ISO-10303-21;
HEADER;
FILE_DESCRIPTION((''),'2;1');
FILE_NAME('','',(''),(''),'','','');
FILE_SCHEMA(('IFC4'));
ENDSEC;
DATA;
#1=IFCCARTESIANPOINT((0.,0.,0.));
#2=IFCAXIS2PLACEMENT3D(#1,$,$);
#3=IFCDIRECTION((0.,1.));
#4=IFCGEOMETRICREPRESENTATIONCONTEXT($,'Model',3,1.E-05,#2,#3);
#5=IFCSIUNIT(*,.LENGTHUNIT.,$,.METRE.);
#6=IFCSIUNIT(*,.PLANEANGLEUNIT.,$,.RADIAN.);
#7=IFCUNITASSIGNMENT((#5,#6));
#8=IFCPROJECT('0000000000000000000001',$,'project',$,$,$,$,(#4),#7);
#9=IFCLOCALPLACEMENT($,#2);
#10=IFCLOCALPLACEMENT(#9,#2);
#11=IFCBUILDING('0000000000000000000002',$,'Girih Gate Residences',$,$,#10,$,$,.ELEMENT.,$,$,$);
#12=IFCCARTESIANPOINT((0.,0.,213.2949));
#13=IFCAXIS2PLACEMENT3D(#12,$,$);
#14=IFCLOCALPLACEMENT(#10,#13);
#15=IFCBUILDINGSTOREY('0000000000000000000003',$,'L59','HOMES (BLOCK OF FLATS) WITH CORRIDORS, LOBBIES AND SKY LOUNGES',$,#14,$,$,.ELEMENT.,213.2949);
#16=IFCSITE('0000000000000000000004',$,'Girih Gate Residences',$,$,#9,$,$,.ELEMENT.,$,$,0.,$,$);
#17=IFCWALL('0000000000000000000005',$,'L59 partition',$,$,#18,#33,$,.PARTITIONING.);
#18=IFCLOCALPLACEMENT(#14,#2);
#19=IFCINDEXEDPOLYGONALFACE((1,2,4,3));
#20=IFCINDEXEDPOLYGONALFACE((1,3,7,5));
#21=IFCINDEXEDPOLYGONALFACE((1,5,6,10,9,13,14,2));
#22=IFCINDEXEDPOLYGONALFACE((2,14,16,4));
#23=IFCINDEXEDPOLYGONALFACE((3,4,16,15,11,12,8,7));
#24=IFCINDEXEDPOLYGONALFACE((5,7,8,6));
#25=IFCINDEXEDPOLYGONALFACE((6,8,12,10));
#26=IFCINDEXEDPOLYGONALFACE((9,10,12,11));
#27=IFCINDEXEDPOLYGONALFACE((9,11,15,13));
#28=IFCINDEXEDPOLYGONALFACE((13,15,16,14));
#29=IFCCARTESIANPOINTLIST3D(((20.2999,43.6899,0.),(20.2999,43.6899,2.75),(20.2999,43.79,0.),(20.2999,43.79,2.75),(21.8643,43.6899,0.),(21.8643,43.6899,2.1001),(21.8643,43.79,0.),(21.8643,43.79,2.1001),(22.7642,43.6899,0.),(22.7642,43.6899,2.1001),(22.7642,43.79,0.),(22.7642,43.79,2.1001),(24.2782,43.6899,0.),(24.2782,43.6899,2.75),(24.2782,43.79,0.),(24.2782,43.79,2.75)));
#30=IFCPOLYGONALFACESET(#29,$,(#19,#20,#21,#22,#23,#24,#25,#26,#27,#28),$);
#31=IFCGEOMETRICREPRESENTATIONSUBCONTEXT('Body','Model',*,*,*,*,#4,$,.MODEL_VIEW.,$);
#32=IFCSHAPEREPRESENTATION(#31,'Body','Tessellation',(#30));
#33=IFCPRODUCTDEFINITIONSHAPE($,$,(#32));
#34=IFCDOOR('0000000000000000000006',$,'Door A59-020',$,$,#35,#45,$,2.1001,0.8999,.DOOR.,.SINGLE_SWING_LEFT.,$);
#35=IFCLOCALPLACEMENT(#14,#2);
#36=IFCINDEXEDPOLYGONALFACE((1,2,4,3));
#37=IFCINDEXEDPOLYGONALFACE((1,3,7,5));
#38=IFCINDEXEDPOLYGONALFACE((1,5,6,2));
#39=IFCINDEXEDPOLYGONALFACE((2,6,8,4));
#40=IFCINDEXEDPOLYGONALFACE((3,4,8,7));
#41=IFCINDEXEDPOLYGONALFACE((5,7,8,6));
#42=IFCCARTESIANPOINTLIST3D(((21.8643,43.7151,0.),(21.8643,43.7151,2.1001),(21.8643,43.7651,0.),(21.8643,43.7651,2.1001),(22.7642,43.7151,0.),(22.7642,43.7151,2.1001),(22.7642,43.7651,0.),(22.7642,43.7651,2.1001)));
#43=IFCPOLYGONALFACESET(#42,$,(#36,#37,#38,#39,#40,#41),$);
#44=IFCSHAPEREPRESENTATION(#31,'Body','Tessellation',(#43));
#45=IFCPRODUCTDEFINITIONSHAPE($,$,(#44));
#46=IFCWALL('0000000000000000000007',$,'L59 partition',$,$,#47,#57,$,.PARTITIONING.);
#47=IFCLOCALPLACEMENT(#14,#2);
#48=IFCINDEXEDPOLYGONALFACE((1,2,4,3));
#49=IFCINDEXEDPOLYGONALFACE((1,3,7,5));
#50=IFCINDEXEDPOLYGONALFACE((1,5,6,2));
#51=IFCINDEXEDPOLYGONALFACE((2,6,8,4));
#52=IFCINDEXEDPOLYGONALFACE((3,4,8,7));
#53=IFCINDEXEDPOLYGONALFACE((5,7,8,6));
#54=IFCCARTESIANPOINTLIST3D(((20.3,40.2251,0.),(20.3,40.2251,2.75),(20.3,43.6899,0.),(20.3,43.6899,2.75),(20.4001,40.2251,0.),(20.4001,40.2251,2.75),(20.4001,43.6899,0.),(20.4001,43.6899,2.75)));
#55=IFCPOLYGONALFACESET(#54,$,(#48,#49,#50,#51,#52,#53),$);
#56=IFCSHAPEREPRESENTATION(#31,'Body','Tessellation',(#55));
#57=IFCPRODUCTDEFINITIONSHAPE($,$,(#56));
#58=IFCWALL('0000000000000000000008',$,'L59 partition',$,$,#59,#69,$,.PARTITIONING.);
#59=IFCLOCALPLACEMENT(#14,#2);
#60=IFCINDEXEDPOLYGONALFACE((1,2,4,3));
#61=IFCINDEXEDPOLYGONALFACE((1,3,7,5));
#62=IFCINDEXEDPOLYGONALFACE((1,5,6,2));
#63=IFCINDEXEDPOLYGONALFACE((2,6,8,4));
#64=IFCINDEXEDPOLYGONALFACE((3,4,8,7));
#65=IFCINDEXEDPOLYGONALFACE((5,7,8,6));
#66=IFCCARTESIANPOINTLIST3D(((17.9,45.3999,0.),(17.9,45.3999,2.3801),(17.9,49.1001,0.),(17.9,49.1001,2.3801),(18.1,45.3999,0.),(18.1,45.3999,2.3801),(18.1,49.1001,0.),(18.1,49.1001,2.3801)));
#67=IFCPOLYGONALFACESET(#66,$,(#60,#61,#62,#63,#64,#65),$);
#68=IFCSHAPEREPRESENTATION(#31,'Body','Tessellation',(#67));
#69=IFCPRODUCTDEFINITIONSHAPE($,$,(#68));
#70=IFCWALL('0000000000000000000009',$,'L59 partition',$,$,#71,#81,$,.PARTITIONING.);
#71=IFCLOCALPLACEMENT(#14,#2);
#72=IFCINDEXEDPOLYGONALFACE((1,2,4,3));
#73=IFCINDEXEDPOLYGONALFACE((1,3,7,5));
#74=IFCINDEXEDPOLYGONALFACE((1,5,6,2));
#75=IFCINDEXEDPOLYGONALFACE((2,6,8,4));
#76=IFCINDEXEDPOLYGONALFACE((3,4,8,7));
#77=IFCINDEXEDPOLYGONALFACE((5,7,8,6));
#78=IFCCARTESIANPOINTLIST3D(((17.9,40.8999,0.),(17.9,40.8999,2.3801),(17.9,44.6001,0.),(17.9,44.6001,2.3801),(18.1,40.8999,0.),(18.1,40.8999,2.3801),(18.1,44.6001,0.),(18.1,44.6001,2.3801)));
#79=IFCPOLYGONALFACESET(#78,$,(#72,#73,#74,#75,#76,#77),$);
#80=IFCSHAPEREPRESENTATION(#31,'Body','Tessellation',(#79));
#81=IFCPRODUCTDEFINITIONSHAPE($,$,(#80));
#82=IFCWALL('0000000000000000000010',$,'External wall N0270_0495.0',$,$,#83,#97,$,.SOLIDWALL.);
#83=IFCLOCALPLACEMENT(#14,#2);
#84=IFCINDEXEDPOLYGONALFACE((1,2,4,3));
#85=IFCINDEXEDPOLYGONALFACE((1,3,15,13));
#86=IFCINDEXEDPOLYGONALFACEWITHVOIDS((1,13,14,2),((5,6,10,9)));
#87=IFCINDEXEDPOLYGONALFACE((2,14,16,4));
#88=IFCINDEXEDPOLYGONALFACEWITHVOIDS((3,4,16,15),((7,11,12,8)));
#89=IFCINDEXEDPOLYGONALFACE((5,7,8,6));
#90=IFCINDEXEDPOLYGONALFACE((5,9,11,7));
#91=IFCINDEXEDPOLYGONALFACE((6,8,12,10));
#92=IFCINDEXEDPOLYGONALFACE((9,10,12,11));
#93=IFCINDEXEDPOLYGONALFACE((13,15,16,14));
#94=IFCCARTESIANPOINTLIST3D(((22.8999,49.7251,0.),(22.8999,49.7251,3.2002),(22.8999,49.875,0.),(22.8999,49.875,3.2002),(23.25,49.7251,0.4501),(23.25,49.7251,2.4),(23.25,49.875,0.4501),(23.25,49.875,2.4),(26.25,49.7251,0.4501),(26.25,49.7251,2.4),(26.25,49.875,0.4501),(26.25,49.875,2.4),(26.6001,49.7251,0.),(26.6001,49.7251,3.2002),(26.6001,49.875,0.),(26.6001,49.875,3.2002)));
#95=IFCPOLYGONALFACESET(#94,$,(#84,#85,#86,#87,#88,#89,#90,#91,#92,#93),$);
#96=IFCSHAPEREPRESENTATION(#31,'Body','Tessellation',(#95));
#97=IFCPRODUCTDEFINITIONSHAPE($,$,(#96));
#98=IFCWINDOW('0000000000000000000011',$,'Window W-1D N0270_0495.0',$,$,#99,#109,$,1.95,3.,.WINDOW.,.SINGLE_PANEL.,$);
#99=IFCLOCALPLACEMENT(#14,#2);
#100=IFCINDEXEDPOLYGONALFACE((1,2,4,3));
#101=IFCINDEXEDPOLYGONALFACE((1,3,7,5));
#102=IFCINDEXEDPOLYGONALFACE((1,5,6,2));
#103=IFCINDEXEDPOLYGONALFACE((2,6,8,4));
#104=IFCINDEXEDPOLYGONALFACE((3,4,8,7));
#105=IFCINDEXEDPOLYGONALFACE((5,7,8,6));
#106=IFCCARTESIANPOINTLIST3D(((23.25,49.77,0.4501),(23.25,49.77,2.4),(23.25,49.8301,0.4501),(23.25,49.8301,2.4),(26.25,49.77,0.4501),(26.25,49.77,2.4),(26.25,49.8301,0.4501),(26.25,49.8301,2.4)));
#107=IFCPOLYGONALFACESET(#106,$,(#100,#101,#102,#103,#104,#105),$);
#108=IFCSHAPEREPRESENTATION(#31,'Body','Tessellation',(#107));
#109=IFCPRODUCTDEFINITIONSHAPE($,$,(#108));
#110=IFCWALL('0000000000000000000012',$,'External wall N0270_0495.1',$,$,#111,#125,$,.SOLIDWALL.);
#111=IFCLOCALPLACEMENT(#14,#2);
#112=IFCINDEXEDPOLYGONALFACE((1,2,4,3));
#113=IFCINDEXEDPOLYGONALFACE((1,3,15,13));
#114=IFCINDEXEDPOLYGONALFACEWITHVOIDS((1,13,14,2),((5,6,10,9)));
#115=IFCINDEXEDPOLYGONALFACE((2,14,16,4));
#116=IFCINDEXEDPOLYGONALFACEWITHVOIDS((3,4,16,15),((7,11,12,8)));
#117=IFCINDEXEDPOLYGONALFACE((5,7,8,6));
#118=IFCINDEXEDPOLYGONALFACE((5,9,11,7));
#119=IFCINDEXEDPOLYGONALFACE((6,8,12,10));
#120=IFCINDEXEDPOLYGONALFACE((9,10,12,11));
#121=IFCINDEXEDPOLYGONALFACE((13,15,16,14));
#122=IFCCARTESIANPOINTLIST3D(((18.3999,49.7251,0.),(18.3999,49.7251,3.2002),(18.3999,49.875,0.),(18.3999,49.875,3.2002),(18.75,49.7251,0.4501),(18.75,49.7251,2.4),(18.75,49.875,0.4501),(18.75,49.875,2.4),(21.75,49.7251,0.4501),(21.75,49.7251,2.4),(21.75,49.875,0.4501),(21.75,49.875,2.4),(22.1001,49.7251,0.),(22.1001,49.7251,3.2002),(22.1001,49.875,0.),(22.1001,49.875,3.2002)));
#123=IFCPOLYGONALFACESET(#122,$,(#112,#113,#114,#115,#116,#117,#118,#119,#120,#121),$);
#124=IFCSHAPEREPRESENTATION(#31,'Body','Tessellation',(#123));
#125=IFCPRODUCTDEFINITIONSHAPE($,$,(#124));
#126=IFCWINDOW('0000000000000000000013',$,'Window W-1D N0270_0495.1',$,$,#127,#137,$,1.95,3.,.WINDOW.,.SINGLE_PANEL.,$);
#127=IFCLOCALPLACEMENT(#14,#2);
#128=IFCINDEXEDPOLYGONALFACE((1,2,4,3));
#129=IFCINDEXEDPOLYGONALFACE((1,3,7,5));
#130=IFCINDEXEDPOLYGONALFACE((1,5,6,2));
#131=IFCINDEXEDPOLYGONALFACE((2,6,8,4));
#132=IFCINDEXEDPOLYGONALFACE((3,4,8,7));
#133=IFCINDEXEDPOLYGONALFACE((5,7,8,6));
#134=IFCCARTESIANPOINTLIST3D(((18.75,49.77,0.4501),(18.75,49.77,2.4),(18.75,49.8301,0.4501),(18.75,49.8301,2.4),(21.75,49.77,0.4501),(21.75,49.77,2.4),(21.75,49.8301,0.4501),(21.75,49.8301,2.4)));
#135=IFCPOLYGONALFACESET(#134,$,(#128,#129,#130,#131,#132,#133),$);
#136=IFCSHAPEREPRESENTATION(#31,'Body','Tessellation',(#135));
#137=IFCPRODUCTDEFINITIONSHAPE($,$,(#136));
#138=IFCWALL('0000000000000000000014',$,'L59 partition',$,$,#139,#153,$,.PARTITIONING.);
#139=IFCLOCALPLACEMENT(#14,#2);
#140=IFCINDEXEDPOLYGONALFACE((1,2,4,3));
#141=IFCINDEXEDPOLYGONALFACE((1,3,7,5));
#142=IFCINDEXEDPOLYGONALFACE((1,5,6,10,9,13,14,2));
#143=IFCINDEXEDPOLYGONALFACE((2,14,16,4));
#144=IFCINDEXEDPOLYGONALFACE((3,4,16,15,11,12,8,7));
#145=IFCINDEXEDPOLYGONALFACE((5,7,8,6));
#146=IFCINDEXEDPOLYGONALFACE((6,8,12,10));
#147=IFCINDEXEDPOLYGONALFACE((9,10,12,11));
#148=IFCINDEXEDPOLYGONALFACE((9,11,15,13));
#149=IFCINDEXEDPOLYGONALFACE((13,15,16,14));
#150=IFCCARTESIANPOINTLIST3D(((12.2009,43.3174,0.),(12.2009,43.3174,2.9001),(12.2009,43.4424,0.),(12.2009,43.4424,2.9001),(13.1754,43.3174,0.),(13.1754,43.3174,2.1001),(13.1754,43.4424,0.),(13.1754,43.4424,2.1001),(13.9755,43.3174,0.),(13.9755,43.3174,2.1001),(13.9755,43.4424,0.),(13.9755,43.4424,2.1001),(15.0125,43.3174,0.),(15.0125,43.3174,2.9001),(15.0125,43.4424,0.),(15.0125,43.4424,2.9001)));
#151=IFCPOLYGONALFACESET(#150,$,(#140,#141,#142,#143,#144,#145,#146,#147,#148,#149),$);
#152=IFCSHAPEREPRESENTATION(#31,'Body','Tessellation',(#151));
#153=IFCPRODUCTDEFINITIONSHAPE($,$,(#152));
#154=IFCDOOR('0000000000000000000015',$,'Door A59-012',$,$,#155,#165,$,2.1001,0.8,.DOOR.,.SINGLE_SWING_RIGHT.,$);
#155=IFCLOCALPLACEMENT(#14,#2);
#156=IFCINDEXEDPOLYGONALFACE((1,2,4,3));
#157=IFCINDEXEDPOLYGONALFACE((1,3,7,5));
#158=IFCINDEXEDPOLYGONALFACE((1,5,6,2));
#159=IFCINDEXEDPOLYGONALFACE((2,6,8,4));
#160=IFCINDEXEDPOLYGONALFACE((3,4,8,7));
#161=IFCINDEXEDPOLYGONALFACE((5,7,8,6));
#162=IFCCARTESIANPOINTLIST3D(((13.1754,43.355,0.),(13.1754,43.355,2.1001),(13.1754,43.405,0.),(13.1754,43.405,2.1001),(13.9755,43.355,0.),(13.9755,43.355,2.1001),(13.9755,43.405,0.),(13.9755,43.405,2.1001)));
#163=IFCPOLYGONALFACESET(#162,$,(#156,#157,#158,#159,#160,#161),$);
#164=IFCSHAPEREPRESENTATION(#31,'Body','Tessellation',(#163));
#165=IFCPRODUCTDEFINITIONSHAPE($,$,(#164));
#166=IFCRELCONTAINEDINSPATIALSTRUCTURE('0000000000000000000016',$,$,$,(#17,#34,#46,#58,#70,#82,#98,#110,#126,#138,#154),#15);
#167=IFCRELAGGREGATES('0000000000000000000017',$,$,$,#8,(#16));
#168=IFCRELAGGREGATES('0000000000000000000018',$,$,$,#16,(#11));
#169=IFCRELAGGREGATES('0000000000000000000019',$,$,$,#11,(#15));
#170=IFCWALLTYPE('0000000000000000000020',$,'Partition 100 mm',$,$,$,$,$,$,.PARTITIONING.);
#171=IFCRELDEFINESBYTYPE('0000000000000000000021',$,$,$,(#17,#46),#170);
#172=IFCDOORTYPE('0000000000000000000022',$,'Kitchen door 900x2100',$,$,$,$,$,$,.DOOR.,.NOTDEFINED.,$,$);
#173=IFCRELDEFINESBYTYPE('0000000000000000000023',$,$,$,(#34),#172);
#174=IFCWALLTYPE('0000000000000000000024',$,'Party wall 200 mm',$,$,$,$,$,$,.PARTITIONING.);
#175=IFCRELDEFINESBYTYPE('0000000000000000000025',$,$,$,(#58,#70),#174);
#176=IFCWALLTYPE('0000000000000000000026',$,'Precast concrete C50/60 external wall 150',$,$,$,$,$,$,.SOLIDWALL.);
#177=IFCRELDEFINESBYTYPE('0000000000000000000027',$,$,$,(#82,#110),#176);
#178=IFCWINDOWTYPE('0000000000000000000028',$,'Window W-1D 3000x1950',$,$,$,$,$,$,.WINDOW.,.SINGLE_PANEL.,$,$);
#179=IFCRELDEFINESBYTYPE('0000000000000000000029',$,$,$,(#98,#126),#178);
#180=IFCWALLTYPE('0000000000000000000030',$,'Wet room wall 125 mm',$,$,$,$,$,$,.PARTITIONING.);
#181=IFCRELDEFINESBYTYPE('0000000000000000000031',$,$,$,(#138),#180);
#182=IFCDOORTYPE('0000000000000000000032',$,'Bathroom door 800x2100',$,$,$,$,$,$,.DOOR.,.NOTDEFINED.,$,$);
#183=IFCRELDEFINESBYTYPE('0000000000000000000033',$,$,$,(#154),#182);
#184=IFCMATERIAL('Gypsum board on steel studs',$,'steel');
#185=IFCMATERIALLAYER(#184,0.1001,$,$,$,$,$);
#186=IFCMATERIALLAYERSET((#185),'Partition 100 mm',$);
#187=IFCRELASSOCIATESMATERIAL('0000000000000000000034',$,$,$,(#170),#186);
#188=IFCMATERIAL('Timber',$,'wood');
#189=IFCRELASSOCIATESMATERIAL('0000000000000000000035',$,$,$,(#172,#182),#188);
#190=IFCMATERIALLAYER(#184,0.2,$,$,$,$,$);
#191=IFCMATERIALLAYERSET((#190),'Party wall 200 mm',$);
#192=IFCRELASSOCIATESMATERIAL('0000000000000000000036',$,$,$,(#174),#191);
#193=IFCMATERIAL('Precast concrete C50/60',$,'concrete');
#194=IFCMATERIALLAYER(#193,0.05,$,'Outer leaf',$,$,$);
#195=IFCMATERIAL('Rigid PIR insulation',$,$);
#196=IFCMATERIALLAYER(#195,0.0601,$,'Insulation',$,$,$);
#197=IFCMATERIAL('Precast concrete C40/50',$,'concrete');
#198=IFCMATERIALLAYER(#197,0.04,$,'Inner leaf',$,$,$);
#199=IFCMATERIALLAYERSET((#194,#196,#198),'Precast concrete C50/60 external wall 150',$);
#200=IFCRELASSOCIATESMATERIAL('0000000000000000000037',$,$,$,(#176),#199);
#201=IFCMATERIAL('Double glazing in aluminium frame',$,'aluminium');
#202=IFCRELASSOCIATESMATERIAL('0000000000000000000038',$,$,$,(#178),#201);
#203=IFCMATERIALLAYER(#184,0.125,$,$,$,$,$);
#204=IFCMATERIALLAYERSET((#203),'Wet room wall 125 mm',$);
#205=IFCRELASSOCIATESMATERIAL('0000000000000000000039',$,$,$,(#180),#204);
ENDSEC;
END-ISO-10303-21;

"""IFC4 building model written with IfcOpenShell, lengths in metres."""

from ifc_helpers import new_model, si_unit, direction, frame, frame_2d, origin, place, context, subcontext, project, spatial, rectangle, extrude, material, layer, layer_set, type_object, element, fill, save


model = new_model("IFC4")

# Units and contexts
model_context = context("Model", 3, precision=1e-05, world=origin(), true_north=direction((0.0, 1.0)))
body_context = subcontext(model_context, "Body", "Model", "MODEL_VIEW")
ifc_project = project(units=[si_unit("LENGTHUNIT", "METRE"), si_unit("PLANEANGLEUNIT", "RADIAN")], contexts=[model_context])

# Site, building, storey
site_placement = place(None, origin())
site = spatial("IfcSite", under=ifc_project, at=site_placement, Name="Girih Gate Residences", CompositionType="ELEMENT", RefElevation=0.0)
building_placement = place(site_placement, origin())
building = spatial("IfcBuilding", under=site, at=building_placement, Name="Girih Gate Residences", CompositionType="ELEMENT")
storey_placement = place(building_placement, frame((0.0, 0.0, 213.2949)))
storey = spatial("IfcBuildingStorey", under=building, at=storey_placement, Name="L59", Description="HOMES (BLOCK OF FLATS) WITH CORRIDORS, LOBBIES AND SKY LOUNGES", CompositionType="ELEMENT", Elevation=213.2949)

# Shared definitions
ifc_material_1 = material(Name="Gypsum board on steel studs", Category="steel")
ifc_layer_1 = layer(ifc_material_1, 0.1001)
ifc_layer_set_1 = layer_set([ifc_layer_1], Name="Partition 100 mm")
wall_type_1 = type_object("IfcWallType", Name="Partition 100 mm", PredefinedType="PARTITIONING", material=ifc_layer_set_1)

# Wall, opening, door
ifc_material_2 = material(Name="Timber", Category="wood")
wall_1_placement = place(storey_placement, frame((24.2783, 43.74, 0.0), z_axis=(0.0, 0.0, 1.0), x_axis=(-1.0, 0.0, 0.0)))
wall_1 = element("IfcWall", 1, at=wall_1_placement, inside=storey, type_object=wall_type_1, Name="L59 partition", PredefinedType="PARTITIONING", context=body_context, shape_type="SweptSolid", body=[
    extrude(rectangle(XDim=3.9783, YDim=0.1001, at=frame_2d((1.9893, 0.0))), origin(), (0.0, 0.0, 1.0), 2.75),
])
opening_1_placement = place(wall_1_placement, frame((1.5142, 0.0, 0.0)))
opening_1 = element("IfcOpeningElement", 2, at=opening_1_placement, cuts=wall_1, PredefinedType="OPENING", context=body_context, shape_type="SweptSolid", body=[
    extrude(rectangle(XDim=0.8999, YDim=2.1001, at=frame_2d((0.45, 1.05))), frame((0.0, 0.0601, 0.0), z_axis=(0.0, -1.0, 0.0), x_axis=(1.0, 0.0, 0.0)), (0.0, 0.0, 1.0), 0.1201),
])
door_type_1 = type_object("IfcDoorType", Name="Kitchen door 900x2100", OperationType="NOTDEFINED", PredefinedType="DOOR", material=ifc_material_2)
door_1_placement = place(opening_1_placement, origin())
door_1 = element("IfcDoor", 3, at=door_1_placement, inside=storey, type_object=door_type_1, Name="Door A59-020", OperationType="SINGLE_SWING_LEFT", OverallHeight=2.1001, OverallWidth=0.8999, PredefinedType="DOOR", context=body_context, shape_type="SweptSolid", body=[
    extrude(rectangle(XDim=0.8999, YDim=2.1001, at=frame_2d((0.45, 1.05))), frame((0.0, 0.0249, 0.0), z_axis=(0.0, -1.0, 0.0), x_axis=(1.0, 0.0, 0.0)), (0.0, 0.0, 1.0), 0.05),
])
fill(opening_1, door_1)

# Walls
wall_2_placement = place(storey_placement, frame((20.3501, 40.2251, 0.0), z_axis=(0.0, 0.0, 1.0), x_axis=(0.0, 1.0, 0.0)))
element("IfcWall", 4, at=wall_2_placement, inside=storey, type_object=wall_type_1, Name="L59 partition", PredefinedType="PARTITIONING", context=body_context, shape_type="SweptSolid", body=[
    extrude(rectangle(XDim=3.4648, YDim=0.1001, at=frame_2d((1.7324, 0.0))), origin(), (0.0, 0.0, 1.0), 2.75),
])
ifc_layer_2 = layer(ifc_material_1, 0.2)
ifc_layer_set_2 = layer_set([ifc_layer_2], Name="Party wall 200 mm")
wall_type_2 = type_object("IfcWallType", Name="Party wall 200 mm", PredefinedType="PARTITIONING", material=ifc_layer_set_2)
for number, where, z_axis, x_axis, name in (
    (5, (18.0, 45.3999, 0.0), (0.0, 0.0, 1.0), (0.0, 1.0, 0.0), "L59 partition"),
    (6, (18.0, 40.8999, 0.0), (0.0, 0.0, 1.0), (0.0, 1.0, 0.0), "L59 partition"),
):
    element("IfcWall", number, at=place(storey_placement, frame(where, z_axis=z_axis, x_axis=x_axis)), inside=storey, type_object=wall_type_2, Name=name, PredefinedType="PARTITIONING", context=body_context, shape_type="SweptSolid", body=[
        extrude(rectangle(XDim=3.7002, YDim=0.2, at=frame_2d((1.8501, 0.0))), origin(), (0.0, 0.0, 1.0), 2.3801),
    ])

# Walls, openings, windows
ifc_material_3 = material(Name="Precast concrete C50/60", Category="concrete")
ifc_layer_3 = layer(ifc_material_3, 0.05, Name="Outer leaf")
ifc_material_4 = material(Name="Rigid PIR insulation")
ifc_layer_4 = layer(ifc_material_4, 0.0601, Name="Insulation")
ifc_material_5 = material(Name="Precast concrete C40/50", Category="concrete")
ifc_layer_5 = layer(ifc_material_5, 0.04, Name="Inner leaf")
ifc_layer_set_3 = layer_set([ifc_layer_3, ifc_layer_4, ifc_layer_5], Name="Precast concrete C50/60 external wall 150")
wall_type_3 = type_object("IfcWallType", Name="Precast concrete C50/60 external wall 150", PredefinedType="SOLIDWALL", material=ifc_layer_set_3)
wall_3_placement = place(storey_placement, frame((22.8999, 49.8, 0.0), z_axis=(0.0, 0.0, 1.0), x_axis=(1.0, 0.0, 0.0)))
wall_3 = element("IfcWall", 7, at=wall_3_placement, inside=storey, type_object=wall_type_3, Name="External wall N0270_0495.0", PredefinedType="SOLIDWALL", context=body_context, shape_type="SweptSolid", body=[
    extrude(rectangle(XDim=3.7002, YDim=0.1499, at=frame_2d((1.8501, 0.0))), origin(), (0.0, 0.0, 1.0), 3.2002),
])
opening_2_placement = place(wall_3_placement, frame((0.3501, 0.0, 0.45)))
opening_2 = element("IfcOpeningElement", 8, at=opening_2_placement, cuts=wall_3, PredefinedType="OPENING", context=body_context, shape_type="SweptSolid", body=[
    extrude(rectangle(XDim=3.0, YDim=1.95, at=frame_2d((1.5, 0.9751))), frame((0.0, 0.085, 0.0), z_axis=(0.0, -1.0, 0.0), x_axis=(1.0, 0.0, 0.0)), (0.0, 0.0, 1.0), 0.1699),
])
ifc_material_6 = material(Name="Double glazing in aluminium frame", Category="aluminium")
window_type = type_object("IfcWindowType", Name="Window W-1D 3000x1950", PartitioningType="SINGLE_PANEL", PredefinedType="WINDOW", material=ifc_material_6)
window_1_placement = place(opening_2_placement, origin())
window_1 = element("IfcWindow", 9, at=window_1_placement, inside=storey, type_object=window_type, Name="Window W-1D N0270_0495.0", OverallHeight=1.95, OverallWidth=3.0, PartitioningType="SINGLE_PANEL", PredefinedType="WINDOW", context=body_context, shape_type="SweptSolid", body=[
    extrude(rectangle(XDim=3.0, YDim=1.95, at=frame_2d((1.5, 0.9751))), frame((0.0, 0.03, 0.0), z_axis=(0.0, -1.0, 0.0), x_axis=(1.0, 0.0, 0.0)), (0.0, 0.0, 1.0), 0.0601),
])
fill(opening_2, window_1)
wall_4_placement = place(storey_placement, frame((18.3999, 49.8, 0.0), z_axis=(0.0, 0.0, 1.0), x_axis=(1.0, 0.0, 0.0)))
wall_4 = element("IfcWall", 10, at=wall_4_placement, inside=storey, type_object=wall_type_3, Name="External wall N0270_0495.1", PredefinedType="SOLIDWALL", context=body_context, shape_type="SweptSolid", body=[
    extrude(rectangle(XDim=3.7002, YDim=0.1499, at=frame_2d((1.8501, 0.0))), origin(), (0.0, 0.0, 1.0), 3.2002),
])
opening_3_placement = place(wall_4_placement, frame((0.3501, 0.0, 0.45)))
opening_3 = element("IfcOpeningElement", 11, at=opening_3_placement, cuts=wall_4, PredefinedType="OPENING", context=body_context, shape_type="SweptSolid", body=[
    extrude(rectangle(XDim=3.0, YDim=1.95, at=frame_2d((1.5, 0.9751))), frame((0.0, 0.085, 0.0), z_axis=(0.0, -1.0, 0.0), x_axis=(1.0, 0.0, 0.0)), (0.0, 0.0, 1.0), 0.1699),
])
window_2_placement = place(opening_3_placement, origin())
window_2 = element("IfcWindow", 12, at=window_2_placement, inside=storey, type_object=window_type, Name="Window W-1D N0270_0495.1", OverallHeight=1.95, OverallWidth=3.0, PartitioningType="SINGLE_PANEL", PredefinedType="WINDOW", context=body_context, shape_type="SweptSolid", body=[
    extrude(rectangle(XDim=3.0, YDim=1.95, at=frame_2d((1.5, 0.9751))), frame((0.0, 0.03, 0.0), z_axis=(0.0, -1.0, 0.0), x_axis=(1.0, 0.0, 0.0)), (0.0, 0.0, 1.0), 0.0601),
])
fill(opening_3, window_2)

# Wall, opening, door
ifc_layer_6 = layer(ifc_material_1, 0.125)
ifc_layer_set_4 = layer_set([ifc_layer_6], Name="Wet room wall 125 mm")
wall_type_4 = type_object("IfcWallType", Name="Wet room wall 125 mm", PredefinedType="PARTITIONING", material=ifc_layer_set_4)
wall_5_placement = place(storey_placement, frame((15.0125, 43.3799, 0.0), z_axis=(0.0, 0.0, 1.0), x_axis=(-1.0, 0.0, 0.0)))
wall_5 = element("IfcWall", 13, at=wall_5_placement, inside=storey, type_object=wall_type_4, Name="L59 partition", PredefinedType="PARTITIONING", context=body_context, shape_type="SweptSolid", body=[
    extrude(rectangle(XDim=2.8115, YDim=0.125, at=frame_2d((1.4058, 0.0))), origin(), (0.0, 0.0, 1.0), 2.9001),
])
opening_4_placement = place(wall_5_placement, frame((1.0371, 0.0, 0.0)))
opening_4 = element("IfcOpeningElement", 14, at=opening_4_placement, cuts=wall_5, PredefinedType="OPENING", context=body_context, shape_type="SweptSolid", body=[
    extrude(rectangle(XDim=0.8, YDim=2.1001, at=frame_2d((0.3999, 1.05))), frame((0.0, 0.0725, 0.0), z_axis=(0.0, -1.0, 0.0), x_axis=(1.0, 0.0, 0.0)), (0.0, 0.0, 1.0), 0.145),
])
door_type_2 = type_object("IfcDoorType", Name="Bathroom door 800x2100", OperationType="NOTDEFINED", PredefinedType="DOOR", material=ifc_material_2)
door_2_placement = place(opening_4_placement, origin())
door_2 = element("IfcDoor", 15, at=door_2_placement, inside=storey, type_object=door_type_2, Name="Door A59-012", OperationType="SINGLE_SWING_RIGHT", OverallHeight=2.1001, OverallWidth=0.8, PredefinedType="DOOR", context=body_context, shape_type="SweptSolid", body=[
    extrude(rectangle(XDim=0.8, YDim=2.1001, at=frame_2d((0.3999, 1.05))), frame((0.0, 0.0249, 0.0), z_axis=(0.0, -1.0, 0.0), x_axis=(1.0, 0.0, 0.0)), (0.0, 0.0, 1.0), 0.05),
])
fill(opening_4, door_2)

save(model, "model.ifc")
